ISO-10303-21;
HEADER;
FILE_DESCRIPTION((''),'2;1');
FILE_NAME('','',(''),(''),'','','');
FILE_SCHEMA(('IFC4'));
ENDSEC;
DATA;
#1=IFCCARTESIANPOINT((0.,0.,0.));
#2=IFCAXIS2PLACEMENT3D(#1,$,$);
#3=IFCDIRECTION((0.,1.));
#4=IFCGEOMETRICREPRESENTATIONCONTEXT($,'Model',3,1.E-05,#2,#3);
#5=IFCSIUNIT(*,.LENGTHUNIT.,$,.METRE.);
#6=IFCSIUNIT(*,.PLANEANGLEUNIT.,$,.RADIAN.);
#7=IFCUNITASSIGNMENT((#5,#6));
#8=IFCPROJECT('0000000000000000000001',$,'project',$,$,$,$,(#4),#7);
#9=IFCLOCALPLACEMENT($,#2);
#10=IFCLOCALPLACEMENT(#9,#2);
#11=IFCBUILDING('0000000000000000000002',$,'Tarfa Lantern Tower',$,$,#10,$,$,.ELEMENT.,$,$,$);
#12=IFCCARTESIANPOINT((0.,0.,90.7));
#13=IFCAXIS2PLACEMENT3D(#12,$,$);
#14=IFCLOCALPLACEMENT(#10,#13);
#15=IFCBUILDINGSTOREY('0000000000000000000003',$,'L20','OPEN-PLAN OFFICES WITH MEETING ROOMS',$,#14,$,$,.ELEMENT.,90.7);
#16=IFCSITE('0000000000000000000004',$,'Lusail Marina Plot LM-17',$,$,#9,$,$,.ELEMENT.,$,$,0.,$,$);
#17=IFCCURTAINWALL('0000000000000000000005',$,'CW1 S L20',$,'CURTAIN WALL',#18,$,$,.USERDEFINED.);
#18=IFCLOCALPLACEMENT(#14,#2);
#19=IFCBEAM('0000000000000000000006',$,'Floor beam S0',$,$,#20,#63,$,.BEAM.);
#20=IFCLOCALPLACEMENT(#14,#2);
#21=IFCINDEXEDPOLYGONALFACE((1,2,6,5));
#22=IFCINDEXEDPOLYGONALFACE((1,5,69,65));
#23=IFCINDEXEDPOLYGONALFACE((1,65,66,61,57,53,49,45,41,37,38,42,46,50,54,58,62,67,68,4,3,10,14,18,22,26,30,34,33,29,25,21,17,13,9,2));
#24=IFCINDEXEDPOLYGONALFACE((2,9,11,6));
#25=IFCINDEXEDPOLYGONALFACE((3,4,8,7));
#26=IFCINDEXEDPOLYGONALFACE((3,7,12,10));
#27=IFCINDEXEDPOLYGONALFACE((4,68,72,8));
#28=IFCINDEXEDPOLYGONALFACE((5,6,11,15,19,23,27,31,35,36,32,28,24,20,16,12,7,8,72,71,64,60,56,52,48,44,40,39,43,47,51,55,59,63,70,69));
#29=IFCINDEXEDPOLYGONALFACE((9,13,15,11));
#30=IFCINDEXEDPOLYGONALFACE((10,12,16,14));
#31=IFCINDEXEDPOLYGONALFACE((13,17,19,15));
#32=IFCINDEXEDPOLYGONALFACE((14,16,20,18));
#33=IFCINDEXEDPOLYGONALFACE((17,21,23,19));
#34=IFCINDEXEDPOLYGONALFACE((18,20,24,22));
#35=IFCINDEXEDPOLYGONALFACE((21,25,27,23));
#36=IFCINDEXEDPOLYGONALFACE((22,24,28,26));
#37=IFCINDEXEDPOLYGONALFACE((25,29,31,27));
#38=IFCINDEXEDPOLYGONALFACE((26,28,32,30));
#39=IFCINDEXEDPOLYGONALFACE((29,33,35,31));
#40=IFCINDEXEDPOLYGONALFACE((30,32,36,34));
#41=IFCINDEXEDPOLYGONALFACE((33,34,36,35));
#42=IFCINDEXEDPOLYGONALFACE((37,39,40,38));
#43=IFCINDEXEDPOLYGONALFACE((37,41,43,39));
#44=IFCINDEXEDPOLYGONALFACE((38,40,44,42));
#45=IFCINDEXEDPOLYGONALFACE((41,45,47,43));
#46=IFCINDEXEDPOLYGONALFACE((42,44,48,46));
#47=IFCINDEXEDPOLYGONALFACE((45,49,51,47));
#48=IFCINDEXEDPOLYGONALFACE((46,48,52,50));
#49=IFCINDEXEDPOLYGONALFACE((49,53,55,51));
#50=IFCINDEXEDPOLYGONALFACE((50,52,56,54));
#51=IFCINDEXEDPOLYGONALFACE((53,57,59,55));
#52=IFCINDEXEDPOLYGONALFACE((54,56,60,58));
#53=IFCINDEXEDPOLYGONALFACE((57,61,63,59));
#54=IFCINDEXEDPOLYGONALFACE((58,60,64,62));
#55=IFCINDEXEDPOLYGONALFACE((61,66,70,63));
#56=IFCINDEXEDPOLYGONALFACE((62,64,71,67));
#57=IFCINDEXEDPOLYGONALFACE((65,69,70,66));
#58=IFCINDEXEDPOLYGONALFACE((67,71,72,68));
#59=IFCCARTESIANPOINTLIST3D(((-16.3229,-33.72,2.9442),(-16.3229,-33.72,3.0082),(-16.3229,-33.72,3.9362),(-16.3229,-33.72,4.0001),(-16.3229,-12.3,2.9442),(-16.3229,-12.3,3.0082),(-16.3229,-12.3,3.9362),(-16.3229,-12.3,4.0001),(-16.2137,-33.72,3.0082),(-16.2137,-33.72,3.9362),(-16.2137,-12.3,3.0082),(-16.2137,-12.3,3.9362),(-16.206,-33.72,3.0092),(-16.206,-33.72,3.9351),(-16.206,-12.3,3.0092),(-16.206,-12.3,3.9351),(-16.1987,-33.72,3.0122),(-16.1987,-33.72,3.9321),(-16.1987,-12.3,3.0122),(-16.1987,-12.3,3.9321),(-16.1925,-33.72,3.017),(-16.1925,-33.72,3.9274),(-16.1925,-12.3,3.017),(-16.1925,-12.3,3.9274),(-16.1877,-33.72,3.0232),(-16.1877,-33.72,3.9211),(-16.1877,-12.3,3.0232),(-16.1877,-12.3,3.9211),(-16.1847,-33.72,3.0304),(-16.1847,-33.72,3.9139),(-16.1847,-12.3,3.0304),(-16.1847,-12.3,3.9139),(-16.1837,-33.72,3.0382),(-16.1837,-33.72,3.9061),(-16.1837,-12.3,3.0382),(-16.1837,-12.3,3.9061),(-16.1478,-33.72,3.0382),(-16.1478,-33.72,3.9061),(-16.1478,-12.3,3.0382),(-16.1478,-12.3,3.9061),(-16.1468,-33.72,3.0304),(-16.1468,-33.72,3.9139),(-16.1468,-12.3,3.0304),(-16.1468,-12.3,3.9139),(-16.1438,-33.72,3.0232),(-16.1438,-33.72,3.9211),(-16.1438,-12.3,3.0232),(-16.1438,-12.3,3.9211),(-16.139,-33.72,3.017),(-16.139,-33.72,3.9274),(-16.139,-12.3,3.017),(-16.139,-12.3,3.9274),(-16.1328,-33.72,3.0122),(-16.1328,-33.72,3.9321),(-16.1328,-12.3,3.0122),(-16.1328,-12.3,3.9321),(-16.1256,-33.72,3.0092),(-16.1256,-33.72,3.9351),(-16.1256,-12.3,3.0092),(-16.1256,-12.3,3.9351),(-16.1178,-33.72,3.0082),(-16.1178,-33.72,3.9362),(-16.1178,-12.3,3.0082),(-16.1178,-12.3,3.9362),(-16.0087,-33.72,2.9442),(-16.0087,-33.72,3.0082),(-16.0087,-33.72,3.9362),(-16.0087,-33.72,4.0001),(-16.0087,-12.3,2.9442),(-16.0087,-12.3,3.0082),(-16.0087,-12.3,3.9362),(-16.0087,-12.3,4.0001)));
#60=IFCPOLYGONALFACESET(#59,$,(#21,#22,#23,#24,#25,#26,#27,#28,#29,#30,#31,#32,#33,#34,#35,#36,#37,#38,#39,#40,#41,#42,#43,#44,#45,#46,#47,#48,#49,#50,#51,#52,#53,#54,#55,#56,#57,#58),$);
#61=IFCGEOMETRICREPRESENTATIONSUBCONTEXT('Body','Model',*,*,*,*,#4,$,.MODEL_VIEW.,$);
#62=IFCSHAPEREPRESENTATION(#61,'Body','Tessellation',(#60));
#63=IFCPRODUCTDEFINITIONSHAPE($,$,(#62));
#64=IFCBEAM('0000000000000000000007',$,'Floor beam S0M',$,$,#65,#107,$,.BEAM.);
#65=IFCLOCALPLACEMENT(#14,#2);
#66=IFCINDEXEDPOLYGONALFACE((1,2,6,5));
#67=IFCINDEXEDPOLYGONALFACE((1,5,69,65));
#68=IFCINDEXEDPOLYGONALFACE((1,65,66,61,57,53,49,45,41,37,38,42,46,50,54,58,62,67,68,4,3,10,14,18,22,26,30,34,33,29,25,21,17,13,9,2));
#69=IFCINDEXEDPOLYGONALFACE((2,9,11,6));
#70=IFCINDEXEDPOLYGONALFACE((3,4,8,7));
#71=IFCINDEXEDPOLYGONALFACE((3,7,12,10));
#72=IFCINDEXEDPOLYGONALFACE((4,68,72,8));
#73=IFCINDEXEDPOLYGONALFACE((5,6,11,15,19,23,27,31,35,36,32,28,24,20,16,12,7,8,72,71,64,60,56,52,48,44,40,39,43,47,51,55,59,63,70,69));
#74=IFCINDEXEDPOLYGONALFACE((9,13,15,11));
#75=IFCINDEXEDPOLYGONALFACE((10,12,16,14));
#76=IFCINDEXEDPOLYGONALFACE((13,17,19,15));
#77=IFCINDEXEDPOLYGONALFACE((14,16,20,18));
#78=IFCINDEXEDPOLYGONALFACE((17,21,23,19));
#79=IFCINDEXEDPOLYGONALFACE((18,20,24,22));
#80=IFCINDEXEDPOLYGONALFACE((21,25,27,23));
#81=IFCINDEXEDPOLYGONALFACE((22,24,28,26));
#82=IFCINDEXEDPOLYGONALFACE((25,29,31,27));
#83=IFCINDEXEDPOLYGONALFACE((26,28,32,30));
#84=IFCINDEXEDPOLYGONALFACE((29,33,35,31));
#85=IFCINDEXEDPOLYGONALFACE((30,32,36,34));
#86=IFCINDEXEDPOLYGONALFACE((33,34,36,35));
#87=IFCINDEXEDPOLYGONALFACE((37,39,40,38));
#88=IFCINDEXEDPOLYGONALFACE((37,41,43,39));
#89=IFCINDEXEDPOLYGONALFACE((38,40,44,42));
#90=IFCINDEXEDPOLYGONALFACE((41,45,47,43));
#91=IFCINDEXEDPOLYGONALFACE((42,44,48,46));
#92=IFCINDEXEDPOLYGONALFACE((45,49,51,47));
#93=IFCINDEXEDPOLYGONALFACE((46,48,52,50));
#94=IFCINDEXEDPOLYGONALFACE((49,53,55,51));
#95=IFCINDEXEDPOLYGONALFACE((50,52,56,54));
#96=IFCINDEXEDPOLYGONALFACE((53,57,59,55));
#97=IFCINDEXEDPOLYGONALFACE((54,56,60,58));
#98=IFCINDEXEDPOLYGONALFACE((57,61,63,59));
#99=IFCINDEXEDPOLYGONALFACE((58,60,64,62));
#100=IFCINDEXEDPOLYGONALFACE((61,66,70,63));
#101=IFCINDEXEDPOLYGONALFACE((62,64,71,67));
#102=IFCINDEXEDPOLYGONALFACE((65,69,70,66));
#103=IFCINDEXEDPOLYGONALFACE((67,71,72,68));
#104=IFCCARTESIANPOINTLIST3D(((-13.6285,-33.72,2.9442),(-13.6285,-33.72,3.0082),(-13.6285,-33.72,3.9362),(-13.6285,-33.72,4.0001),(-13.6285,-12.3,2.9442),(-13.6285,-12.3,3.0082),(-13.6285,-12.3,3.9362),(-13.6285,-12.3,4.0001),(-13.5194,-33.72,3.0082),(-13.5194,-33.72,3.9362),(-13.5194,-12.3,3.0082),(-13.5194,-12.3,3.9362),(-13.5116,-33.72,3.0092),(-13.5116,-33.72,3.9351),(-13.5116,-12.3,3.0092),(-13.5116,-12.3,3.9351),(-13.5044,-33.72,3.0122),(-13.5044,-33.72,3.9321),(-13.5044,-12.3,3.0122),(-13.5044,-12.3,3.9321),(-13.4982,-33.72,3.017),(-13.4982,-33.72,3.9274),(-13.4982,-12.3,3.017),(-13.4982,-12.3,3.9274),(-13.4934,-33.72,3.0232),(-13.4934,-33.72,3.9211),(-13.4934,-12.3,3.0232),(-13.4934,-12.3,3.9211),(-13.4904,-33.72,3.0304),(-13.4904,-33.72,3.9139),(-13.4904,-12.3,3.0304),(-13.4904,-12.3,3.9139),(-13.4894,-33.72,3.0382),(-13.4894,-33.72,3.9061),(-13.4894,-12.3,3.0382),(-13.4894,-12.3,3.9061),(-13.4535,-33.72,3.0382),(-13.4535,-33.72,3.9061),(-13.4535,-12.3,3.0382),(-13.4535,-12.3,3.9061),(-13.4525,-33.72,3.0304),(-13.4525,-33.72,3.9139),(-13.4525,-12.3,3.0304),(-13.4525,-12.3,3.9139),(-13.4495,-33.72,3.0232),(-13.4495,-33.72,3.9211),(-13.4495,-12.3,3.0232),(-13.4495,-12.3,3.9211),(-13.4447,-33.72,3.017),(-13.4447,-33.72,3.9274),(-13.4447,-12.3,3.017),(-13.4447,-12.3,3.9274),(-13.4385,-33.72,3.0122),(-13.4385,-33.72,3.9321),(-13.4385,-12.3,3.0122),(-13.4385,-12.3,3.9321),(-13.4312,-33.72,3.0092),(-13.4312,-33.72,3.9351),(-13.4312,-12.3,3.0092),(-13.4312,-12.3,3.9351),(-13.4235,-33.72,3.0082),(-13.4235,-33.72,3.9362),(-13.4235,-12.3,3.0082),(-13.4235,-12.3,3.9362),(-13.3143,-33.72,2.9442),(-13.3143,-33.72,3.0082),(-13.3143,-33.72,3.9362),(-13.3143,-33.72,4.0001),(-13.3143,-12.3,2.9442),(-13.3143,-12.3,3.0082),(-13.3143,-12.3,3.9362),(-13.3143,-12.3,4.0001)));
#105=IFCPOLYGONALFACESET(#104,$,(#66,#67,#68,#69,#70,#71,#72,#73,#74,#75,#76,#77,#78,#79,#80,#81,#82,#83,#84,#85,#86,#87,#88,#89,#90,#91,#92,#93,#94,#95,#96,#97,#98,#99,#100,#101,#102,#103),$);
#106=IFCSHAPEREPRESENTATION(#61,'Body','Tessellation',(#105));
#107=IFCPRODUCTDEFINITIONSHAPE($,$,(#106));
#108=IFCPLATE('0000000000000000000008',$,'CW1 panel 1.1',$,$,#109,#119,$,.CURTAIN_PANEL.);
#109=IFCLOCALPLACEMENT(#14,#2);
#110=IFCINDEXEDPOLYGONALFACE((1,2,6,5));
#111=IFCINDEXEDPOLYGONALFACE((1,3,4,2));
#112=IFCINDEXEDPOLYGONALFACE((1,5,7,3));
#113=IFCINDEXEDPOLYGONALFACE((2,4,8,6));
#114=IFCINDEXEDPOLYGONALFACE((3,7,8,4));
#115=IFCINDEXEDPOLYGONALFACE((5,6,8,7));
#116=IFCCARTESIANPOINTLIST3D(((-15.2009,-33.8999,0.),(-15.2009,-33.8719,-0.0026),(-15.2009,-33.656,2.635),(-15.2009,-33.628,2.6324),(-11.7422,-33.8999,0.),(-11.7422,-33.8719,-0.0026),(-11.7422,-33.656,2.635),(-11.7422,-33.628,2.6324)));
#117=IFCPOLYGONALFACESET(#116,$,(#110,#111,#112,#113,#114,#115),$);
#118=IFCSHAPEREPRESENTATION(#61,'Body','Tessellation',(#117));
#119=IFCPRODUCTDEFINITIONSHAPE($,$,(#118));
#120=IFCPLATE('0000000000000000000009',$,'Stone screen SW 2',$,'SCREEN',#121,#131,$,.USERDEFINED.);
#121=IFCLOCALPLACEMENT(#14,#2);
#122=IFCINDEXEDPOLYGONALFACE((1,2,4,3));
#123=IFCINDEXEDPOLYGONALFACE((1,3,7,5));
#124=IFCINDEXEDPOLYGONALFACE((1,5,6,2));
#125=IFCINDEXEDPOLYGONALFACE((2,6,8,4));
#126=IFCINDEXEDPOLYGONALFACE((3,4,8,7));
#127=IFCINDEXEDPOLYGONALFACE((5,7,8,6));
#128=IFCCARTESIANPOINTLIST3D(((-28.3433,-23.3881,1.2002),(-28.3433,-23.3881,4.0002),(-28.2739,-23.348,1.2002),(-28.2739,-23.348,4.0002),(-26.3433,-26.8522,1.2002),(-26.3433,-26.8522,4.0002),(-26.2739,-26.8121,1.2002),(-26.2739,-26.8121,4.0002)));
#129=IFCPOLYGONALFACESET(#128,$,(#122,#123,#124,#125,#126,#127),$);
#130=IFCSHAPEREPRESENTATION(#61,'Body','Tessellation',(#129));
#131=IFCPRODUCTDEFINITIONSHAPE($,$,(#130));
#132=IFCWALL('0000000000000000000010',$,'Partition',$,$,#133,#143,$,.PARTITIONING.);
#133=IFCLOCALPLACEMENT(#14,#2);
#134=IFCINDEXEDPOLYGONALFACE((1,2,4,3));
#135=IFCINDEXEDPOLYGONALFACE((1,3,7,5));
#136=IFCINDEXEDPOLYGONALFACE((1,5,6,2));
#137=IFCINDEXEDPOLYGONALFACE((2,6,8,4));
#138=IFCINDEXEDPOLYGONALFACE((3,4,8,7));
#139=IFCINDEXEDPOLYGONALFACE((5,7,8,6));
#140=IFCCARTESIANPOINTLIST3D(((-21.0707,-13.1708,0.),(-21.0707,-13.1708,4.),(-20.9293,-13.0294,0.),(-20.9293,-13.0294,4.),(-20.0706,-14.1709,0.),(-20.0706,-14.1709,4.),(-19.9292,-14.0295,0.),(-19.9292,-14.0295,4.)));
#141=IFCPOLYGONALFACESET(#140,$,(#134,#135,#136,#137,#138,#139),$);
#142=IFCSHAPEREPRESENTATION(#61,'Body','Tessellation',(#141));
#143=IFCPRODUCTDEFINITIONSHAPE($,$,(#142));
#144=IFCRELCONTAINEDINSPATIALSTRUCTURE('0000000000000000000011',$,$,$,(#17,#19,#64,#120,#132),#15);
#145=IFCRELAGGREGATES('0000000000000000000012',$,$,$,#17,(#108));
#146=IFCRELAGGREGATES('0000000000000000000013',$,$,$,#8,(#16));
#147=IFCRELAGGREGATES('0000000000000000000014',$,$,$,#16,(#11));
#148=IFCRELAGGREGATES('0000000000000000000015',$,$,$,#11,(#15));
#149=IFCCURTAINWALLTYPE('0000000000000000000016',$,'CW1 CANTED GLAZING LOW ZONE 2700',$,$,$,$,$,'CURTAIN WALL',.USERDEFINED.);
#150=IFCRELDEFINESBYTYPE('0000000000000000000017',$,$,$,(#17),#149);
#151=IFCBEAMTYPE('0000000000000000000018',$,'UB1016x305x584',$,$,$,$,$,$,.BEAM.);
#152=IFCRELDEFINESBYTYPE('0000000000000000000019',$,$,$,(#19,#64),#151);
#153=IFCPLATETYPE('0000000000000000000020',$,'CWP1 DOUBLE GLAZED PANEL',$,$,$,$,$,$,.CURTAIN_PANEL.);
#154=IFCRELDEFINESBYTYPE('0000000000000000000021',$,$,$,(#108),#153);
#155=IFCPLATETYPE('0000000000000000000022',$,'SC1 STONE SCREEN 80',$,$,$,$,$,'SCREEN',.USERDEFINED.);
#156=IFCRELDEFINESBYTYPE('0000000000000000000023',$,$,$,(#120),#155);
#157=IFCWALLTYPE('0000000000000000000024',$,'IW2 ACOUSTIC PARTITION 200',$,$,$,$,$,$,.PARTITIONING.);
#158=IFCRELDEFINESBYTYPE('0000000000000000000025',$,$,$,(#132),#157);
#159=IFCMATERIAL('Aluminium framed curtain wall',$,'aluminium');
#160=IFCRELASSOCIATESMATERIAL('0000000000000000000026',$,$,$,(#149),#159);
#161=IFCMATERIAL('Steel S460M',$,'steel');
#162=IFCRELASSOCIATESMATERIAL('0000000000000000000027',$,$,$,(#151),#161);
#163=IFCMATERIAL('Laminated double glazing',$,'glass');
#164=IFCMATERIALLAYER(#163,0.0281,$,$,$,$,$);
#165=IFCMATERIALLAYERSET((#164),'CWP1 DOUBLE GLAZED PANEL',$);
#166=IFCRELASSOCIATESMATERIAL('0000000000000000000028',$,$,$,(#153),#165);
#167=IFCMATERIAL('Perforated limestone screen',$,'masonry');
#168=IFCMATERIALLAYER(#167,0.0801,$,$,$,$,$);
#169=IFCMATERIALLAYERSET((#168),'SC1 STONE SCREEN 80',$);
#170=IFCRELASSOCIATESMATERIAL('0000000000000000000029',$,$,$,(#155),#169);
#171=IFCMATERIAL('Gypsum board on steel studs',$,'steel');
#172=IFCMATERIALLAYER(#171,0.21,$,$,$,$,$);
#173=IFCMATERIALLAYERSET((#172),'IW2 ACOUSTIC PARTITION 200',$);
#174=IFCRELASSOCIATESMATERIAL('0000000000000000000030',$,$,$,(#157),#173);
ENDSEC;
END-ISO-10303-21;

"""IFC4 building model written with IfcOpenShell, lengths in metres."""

from ifc_helpers import new_model, si_unit, direction, frame, frame_2d, origin, origin_2d, place, context, subcontext, project, spatial, polyline, rectangle, i_section, outline, extrude, material, layer, layer_set, material_profile, profile_set, type_object, element, aggregate, save


model = new_model("IFC4")

# Units and contexts
model_context = context("Model", 3, precision=1e-05, world=origin(), true_north=direction((0.0, 1.0)))
body_context = subcontext(model_context, "Body", "Model", "MODEL_VIEW")
ifc_project = project(units=[si_unit("LENGTHUNIT", "METRE"), si_unit("PLANEANGLEUNIT", "RADIAN")], contexts=[model_context])

# Site, building, storey
site_placement = place(None, origin())
site = spatial("IfcSite", under=ifc_project, at=site_placement, Name="Lusail Marina Plot LM-17", CompositionType="ELEMENT", RefElevation=0.0)
building_placement = place(site_placement, origin())
building = spatial("IfcBuilding", under=site, at=building_placement, Name="Tarfa Lantern Tower", CompositionType="ELEMENT")
storey_placement = place(building_placement, frame((0.0, 0.0, 90.7)))
storey = spatial("IfcBuildingStorey", under=building, at=storey_placement, Name="L20", Description="OPEN-PLAN OFFICES WITH MEETING ROOMS", CompositionType="ELEMENT", Elevation=90.7)

# Curtain wall
ifc_material_1 = material(Name="Aluminium framed curtain wall", Category="aluminium")
curtain_wall_type = type_object("IfcCurtainWallType", Name="CW1 CANTED GLAZING LOW ZONE 2700", ElementType="CURTAIN WALL", PredefinedType="USERDEFINED", material=ifc_material_1)
curtain_wall_placement = place(storey_placement, origin())
curtain_wall = element("IfcCurtainWall", 1, at=curtain_wall_placement, inside=storey, type_object=curtain_wall_type, Name="CW1 S L20", ObjectType="CURTAIN WALL", PredefinedType="USERDEFINED")

# Beams
ifc_material_2 = material(Name="Steel S460M", Category="steel")
ifc_material_profile_1 = material_profile(ifc_material_2, i_section(OverallWidth=0.3142, OverallDepth=1.0559, WebThickness=0.0359, FlangeThickness=0.064, FilletRadius=0.03, at=origin_2d()), Name="UB1016x305x584")
ifc_profile_set_1 = profile_set([ifc_material_profile_1], Name="Steel S460M")
beam_type_1 = type_object("IfcBeamType", Name="UB1016x305x584", PredefinedType="BEAM", material=ifc_profile_set_1)
for number, where, z_axis, x_axis, name in (
    (2, (-16.1658, -33.72, 3.4722), (0.0, 1.0, 0.0), (-1.0, 0.0, 0.0), "Floor beam S0"),
    (3, (-13.4714, -33.72, 3.4722), (0.0, 1.0, 0.0), (-1.0, 0.0, 0.0), "Floor beam S0M"),
):
    element("IfcBeam", number, at=place(storey_placement, frame(where, z_axis=z_axis, x_axis=x_axis)), inside=storey, type_object=beam_type_1, Name=name, PredefinedType="BEAM", context=body_context, shape_type="SweptSolid", body=[
        extrude(i_section(OverallWidth=0.3142, OverallDepth=1.0559, WebThickness=0.0359, FlangeThickness=0.064, FilletRadius=0.03, at=origin_2d()), origin(), (0.0, 0.0, 1.0), 21.4199),
    ])

# Plates
ifc_material_3 = material(Name="Laminated double glazing", Category="glass")
ifc_layer_1 = layer(ifc_material_3, 0.0281)
ifc_layer_set_1 = layer_set([ifc_layer_1], Name="CWP1 DOUBLE GLAZED PANEL")
plate_type_1 = type_object("IfcPlateType", Name="CWP1 DOUBLE GLAZED PANEL", PredefinedType="CURTAIN_PANEL", material=ifc_layer_set_1)
plate_1_placement = place(storey_placement, frame((-15.2009, -33.8999, 0.0), z_axis=(0.0, -0.995744, 0.092166), x_axis=(1.0, 0.0, 0.0)))
plate_1 = element("IfcPlate", 4, at=plate_1_placement, type_object=plate_type_1, Name="CW1 panel 1.1", PredefinedType="CURTAIN_PANEL", context=body_context, shape_type="SweptSolid", body=[
    extrude(outline(polyline([(0.0, 0.0), (3.4587, 0.0), (3.4587, 2.6463), (0.0, 2.6463), (0.0, 0.0)])), origin(), (0.0, 0.0, -1.0), 0.0281),
])
aggregate(curtain_wall, [plate_1])
ifc_material_4 = material(Name="Perforated limestone screen", Category="masonry")
ifc_layer_2 = layer(ifc_material_4, 0.0801)
ifc_layer_set_2 = layer_set([ifc_layer_2], Name="SC1 STONE SCREEN 80")
plate_type_2 = type_object("IfcPlateType", Name="SC1 STONE SCREEN 80", ElementType="SCREEN", PredefinedType="USERDEFINED", material=ifc_layer_set_2)
plate_2_placement = place(storey_placement, frame((-27.3086, -25.1001, 1.2002), z_axis=(0.0, 0.0, 1.0), x_axis=(0.5, -0.866025, 0.0)))
element("IfcPlate", 5, at=plate_2_placement, inside=storey, type_object=plate_type_2, Name="Stone screen SW 2", ObjectType="SCREEN", PredefinedType="USERDEFINED", context=body_context, shape_type="SweptSolid", body=[
    extrude(rectangle(XDim=4.0, YDim=0.0801, at=origin_2d()), origin(), (0.0, 0.0, 1.0), 2.8),
])

# Wall
ifc_material_5 = material(Name="Gypsum board on steel studs", Category="steel")
ifc_layer_3 = layer(ifc_material_5, 0.21)
ifc_layer_set_3 = layer_set([ifc_layer_3], Name="IW2 ACOUSTIC PARTITION 200")
wall_type = type_object("IfcWallType", Name="IW2 ACOUSTIC PARTITION 200", PredefinedType="PARTITIONING", material=ifc_layer_set_3)
wall_placement = place(storey_placement, frame((-20.0, -14.1001, 0.0), z_axis=(0.0, 0.0, 1.0), x_axis=(-0.707107, 0.707107, 0.0)))
element("IfcWall", 6, at=wall_placement, inside=storey, type_object=wall_type, Name="Partition", PredefinedType="PARTITIONING", context=body_context, shape_type="SweptSolid", body=[
    extrude(rectangle(XDim=1.4143, YDim=0.2, at=frame_2d((0.707, 0.0))), origin(), (0.0, 0.0, 1.0), 4.0),
])

save(model, "model.ifc")
